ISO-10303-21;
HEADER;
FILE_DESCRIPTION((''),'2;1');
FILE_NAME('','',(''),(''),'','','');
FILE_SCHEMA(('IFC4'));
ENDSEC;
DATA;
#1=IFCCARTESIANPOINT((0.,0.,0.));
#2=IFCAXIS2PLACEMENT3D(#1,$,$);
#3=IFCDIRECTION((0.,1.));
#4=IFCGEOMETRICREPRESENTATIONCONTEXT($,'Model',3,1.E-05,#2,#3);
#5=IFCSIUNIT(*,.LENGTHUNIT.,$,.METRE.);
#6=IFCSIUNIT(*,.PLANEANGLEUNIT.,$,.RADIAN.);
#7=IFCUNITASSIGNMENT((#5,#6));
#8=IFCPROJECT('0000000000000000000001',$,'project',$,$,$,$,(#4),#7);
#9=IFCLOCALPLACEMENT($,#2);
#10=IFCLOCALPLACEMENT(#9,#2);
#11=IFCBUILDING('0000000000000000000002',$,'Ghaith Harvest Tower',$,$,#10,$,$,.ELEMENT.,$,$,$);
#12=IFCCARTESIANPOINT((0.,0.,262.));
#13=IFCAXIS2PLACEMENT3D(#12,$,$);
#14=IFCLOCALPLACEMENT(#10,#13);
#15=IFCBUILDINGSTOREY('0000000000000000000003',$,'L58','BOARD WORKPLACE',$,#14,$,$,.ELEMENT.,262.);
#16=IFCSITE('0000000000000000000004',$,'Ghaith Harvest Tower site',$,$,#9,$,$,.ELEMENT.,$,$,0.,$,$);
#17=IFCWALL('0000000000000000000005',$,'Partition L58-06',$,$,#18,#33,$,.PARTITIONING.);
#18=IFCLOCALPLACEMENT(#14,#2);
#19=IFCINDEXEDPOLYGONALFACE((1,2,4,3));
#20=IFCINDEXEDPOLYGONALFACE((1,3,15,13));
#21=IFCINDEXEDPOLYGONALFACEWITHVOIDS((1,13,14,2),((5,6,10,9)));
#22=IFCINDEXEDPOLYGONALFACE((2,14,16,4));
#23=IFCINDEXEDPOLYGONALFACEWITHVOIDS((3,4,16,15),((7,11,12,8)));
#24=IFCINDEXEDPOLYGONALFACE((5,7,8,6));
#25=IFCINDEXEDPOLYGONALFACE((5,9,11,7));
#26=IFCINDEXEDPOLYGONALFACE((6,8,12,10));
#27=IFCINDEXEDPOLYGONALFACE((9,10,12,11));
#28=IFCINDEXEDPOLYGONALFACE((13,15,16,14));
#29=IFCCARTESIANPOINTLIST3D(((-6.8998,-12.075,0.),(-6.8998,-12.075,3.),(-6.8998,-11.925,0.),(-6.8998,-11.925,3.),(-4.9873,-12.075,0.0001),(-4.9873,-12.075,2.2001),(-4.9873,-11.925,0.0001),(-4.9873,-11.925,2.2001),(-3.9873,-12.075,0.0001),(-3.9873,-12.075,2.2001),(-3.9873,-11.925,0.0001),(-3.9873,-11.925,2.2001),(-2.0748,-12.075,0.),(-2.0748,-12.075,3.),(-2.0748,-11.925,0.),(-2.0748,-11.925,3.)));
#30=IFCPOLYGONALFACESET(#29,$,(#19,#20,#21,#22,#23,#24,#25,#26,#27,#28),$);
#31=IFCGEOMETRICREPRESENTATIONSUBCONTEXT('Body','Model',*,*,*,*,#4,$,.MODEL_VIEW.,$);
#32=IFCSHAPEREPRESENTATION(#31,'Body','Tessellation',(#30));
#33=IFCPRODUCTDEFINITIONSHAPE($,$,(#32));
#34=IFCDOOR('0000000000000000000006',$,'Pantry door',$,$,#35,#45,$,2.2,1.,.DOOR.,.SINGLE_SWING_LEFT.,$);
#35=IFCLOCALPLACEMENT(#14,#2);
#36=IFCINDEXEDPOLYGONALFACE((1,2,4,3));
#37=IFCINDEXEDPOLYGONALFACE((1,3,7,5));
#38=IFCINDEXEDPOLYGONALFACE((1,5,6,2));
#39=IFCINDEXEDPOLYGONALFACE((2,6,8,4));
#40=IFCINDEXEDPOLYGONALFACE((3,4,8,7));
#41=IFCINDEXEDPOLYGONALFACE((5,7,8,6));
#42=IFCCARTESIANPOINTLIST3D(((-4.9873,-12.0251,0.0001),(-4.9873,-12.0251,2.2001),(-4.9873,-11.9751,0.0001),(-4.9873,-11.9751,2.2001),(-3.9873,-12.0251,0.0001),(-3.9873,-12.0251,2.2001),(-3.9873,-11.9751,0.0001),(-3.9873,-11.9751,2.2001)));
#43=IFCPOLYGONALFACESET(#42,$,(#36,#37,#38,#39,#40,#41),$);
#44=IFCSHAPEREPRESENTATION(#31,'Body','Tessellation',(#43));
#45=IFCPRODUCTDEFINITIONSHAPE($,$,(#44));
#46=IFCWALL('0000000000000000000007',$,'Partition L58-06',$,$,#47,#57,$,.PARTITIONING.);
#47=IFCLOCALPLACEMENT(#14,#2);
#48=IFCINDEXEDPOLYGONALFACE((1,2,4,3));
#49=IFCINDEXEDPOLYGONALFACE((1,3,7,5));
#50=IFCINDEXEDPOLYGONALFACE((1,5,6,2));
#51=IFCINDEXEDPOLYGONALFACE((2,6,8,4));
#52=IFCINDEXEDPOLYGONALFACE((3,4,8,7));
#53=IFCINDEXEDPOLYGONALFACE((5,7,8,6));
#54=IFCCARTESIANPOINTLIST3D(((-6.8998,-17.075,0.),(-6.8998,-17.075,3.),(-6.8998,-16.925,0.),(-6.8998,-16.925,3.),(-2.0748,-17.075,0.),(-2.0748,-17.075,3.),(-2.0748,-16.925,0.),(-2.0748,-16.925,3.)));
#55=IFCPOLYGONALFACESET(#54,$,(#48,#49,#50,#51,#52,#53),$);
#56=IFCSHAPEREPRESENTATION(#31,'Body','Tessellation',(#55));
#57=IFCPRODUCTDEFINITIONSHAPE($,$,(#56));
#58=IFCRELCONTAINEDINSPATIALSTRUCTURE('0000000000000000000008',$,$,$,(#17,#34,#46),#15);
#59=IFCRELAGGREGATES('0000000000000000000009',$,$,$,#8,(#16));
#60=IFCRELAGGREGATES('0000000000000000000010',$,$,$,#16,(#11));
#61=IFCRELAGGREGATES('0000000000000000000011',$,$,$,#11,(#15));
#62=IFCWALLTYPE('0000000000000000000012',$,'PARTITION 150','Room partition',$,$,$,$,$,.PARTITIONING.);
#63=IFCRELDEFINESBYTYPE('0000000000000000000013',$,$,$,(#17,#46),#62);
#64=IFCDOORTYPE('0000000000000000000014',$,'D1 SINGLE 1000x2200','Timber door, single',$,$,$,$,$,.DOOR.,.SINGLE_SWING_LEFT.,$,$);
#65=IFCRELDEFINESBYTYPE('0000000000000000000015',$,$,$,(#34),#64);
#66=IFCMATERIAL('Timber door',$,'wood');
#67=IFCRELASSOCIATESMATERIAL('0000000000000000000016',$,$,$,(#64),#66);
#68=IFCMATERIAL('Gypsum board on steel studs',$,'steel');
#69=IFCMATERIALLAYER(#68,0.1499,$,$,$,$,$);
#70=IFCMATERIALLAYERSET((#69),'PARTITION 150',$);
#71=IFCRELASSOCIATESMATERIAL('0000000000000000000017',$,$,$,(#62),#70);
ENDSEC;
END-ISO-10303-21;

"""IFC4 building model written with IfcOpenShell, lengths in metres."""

from ifc_helpers import new_model, si_unit, direction, frame, frame_2d, origin, place, context, subcontext, project, spatial, rectangle, extrude, material, layer, layer_set, type_object, element, fill, save


model = new_model("IFC4")

# Units and contexts
model_context = context("Model", 3, precision=1e-05, world=origin(), true_north=direction((0.0, 1.0)))
body_context = subcontext(model_context, "Body", "Model", "MODEL_VIEW")
ifc_project = project(units=[si_unit("LENGTHUNIT", "METRE"), si_unit("PLANEANGLEUNIT", "RADIAN")], contexts=[model_context])

# Site, building, storey
site_placement = place(None, origin())
site = spatial("IfcSite", under=ifc_project, at=site_placement, Name="Ghaith Harvest Tower site", CompositionType="ELEMENT", RefElevation=0.0)
building_placement = place(site_placement, origin())
building = spatial("IfcBuilding", under=site, at=building_placement, Name="Ghaith Harvest Tower", CompositionType="ELEMENT")
storey_placement = place(building_placement, frame((0.0, 0.0, 262.0)))
storey = spatial("IfcBuildingStorey", under=building, at=storey_placement, Name="L58", Description="BOARD WORKPLACE", CompositionType="ELEMENT", Elevation=262.0)

# Shared definitions
ifc_material_1 = material(Name="Timber door", Category="wood")
door_type = type_object("IfcDoorType", Name="D1 SINGLE 1000x2200", Description="Timber door, single", OperationType="SINGLE_SWING_LEFT", PredefinedType="DOOR", material=ifc_material_1)

# Shared definitions
ifc_material_2 = material(Name="Gypsum board on steel studs", Category="steel")
ifc_layer_1 = layer(ifc_material_2, 0.1499)
ifc_layer_set_1 = layer_set([ifc_layer_1], Name="PARTITION 150")
wall_type_1 = type_object("IfcWallType", Name="PARTITION 150", Description="Room partition", PredefinedType="PARTITIONING", material=ifc_layer_set_1)

# Wall, opening, door
wall_1_placement = place(storey_placement, frame((-6.8999, -12.0, 0.0), z_axis=(0.0, 0.0, 1.0), x_axis=(1.0, 0.0, 0.0)))
wall_1 = element("IfcWall", 1, at=wall_1_placement, inside=storey, type_object=wall_type_1, Name="Partition L58-06", PredefinedType="PARTITIONING", context=body_context, shape_type="SweptSolid", body=[
    extrude(rectangle(XDim=4.825, YDim=0.1499, at=frame_2d((2.4126, 0.0))), origin(), (0.0, 0.0, 1.0), 3.0),
])
opening_1_placement = place(wall_1_placement, frame((1.9126, 0.0, 0.0)))
opening_1 = element("IfcOpeningElement", 2, at=opening_1_placement, cuts=wall_1, PredefinedType="OPENING", context=body_context, shape_type="SweptSolid", body=[
    extrude(rectangle(XDim=1.0, YDim=2.2, at=frame_2d((0.5, 1.1001))), frame((0.0, 0.085, 0.0), z_axis=(0.0, -1.0, 0.0), x_axis=(1.0, 0.0, 0.0)), (0.0, 0.0, 1.0), 0.1699),
])
door_1_placement = place(opening_1_placement, origin())
door_1 = element("IfcDoor", 3, at=door_1_placement, inside=storey, type_object=door_type, Name="Pantry door", OperationType="SINGLE_SWING_LEFT", OverallHeight=2.2, OverallWidth=1.0, PredefinedType="DOOR", context=body_context, shape_type="SweptSolid", body=[
    extrude(rectangle(XDim=1.0, YDim=2.2, at=frame_2d((0.5, 1.1001))), frame((0.0, 0.0249, 0.0), z_axis=(0.0, -1.0, 0.0), x_axis=(1.0, 0.0, 0.0)), (0.0, 0.0, 1.0), 0.05),
])
fill(opening_1, door_1)

# Wall
wall_2_placement = place(storey_placement, frame((-6.8999, -17.0, 0.0), z_axis=(0.0, 0.0, 1.0), x_axis=(1.0, 0.0, 0.0)))
element("IfcWall", 4, at=wall_2_placement, inside=storey, type_object=wall_type_1, Name="Partition L58-06", PredefinedType="PARTITIONING", context=body_context, shape_type="SweptSolid", body=[
    extrude(rectangle(XDim=4.825, YDim=0.1499, at=frame_2d((2.4126, 0.0))), origin(), (0.0, 0.0, 1.0), 3.0),
])

save(model, "model.ifc")
